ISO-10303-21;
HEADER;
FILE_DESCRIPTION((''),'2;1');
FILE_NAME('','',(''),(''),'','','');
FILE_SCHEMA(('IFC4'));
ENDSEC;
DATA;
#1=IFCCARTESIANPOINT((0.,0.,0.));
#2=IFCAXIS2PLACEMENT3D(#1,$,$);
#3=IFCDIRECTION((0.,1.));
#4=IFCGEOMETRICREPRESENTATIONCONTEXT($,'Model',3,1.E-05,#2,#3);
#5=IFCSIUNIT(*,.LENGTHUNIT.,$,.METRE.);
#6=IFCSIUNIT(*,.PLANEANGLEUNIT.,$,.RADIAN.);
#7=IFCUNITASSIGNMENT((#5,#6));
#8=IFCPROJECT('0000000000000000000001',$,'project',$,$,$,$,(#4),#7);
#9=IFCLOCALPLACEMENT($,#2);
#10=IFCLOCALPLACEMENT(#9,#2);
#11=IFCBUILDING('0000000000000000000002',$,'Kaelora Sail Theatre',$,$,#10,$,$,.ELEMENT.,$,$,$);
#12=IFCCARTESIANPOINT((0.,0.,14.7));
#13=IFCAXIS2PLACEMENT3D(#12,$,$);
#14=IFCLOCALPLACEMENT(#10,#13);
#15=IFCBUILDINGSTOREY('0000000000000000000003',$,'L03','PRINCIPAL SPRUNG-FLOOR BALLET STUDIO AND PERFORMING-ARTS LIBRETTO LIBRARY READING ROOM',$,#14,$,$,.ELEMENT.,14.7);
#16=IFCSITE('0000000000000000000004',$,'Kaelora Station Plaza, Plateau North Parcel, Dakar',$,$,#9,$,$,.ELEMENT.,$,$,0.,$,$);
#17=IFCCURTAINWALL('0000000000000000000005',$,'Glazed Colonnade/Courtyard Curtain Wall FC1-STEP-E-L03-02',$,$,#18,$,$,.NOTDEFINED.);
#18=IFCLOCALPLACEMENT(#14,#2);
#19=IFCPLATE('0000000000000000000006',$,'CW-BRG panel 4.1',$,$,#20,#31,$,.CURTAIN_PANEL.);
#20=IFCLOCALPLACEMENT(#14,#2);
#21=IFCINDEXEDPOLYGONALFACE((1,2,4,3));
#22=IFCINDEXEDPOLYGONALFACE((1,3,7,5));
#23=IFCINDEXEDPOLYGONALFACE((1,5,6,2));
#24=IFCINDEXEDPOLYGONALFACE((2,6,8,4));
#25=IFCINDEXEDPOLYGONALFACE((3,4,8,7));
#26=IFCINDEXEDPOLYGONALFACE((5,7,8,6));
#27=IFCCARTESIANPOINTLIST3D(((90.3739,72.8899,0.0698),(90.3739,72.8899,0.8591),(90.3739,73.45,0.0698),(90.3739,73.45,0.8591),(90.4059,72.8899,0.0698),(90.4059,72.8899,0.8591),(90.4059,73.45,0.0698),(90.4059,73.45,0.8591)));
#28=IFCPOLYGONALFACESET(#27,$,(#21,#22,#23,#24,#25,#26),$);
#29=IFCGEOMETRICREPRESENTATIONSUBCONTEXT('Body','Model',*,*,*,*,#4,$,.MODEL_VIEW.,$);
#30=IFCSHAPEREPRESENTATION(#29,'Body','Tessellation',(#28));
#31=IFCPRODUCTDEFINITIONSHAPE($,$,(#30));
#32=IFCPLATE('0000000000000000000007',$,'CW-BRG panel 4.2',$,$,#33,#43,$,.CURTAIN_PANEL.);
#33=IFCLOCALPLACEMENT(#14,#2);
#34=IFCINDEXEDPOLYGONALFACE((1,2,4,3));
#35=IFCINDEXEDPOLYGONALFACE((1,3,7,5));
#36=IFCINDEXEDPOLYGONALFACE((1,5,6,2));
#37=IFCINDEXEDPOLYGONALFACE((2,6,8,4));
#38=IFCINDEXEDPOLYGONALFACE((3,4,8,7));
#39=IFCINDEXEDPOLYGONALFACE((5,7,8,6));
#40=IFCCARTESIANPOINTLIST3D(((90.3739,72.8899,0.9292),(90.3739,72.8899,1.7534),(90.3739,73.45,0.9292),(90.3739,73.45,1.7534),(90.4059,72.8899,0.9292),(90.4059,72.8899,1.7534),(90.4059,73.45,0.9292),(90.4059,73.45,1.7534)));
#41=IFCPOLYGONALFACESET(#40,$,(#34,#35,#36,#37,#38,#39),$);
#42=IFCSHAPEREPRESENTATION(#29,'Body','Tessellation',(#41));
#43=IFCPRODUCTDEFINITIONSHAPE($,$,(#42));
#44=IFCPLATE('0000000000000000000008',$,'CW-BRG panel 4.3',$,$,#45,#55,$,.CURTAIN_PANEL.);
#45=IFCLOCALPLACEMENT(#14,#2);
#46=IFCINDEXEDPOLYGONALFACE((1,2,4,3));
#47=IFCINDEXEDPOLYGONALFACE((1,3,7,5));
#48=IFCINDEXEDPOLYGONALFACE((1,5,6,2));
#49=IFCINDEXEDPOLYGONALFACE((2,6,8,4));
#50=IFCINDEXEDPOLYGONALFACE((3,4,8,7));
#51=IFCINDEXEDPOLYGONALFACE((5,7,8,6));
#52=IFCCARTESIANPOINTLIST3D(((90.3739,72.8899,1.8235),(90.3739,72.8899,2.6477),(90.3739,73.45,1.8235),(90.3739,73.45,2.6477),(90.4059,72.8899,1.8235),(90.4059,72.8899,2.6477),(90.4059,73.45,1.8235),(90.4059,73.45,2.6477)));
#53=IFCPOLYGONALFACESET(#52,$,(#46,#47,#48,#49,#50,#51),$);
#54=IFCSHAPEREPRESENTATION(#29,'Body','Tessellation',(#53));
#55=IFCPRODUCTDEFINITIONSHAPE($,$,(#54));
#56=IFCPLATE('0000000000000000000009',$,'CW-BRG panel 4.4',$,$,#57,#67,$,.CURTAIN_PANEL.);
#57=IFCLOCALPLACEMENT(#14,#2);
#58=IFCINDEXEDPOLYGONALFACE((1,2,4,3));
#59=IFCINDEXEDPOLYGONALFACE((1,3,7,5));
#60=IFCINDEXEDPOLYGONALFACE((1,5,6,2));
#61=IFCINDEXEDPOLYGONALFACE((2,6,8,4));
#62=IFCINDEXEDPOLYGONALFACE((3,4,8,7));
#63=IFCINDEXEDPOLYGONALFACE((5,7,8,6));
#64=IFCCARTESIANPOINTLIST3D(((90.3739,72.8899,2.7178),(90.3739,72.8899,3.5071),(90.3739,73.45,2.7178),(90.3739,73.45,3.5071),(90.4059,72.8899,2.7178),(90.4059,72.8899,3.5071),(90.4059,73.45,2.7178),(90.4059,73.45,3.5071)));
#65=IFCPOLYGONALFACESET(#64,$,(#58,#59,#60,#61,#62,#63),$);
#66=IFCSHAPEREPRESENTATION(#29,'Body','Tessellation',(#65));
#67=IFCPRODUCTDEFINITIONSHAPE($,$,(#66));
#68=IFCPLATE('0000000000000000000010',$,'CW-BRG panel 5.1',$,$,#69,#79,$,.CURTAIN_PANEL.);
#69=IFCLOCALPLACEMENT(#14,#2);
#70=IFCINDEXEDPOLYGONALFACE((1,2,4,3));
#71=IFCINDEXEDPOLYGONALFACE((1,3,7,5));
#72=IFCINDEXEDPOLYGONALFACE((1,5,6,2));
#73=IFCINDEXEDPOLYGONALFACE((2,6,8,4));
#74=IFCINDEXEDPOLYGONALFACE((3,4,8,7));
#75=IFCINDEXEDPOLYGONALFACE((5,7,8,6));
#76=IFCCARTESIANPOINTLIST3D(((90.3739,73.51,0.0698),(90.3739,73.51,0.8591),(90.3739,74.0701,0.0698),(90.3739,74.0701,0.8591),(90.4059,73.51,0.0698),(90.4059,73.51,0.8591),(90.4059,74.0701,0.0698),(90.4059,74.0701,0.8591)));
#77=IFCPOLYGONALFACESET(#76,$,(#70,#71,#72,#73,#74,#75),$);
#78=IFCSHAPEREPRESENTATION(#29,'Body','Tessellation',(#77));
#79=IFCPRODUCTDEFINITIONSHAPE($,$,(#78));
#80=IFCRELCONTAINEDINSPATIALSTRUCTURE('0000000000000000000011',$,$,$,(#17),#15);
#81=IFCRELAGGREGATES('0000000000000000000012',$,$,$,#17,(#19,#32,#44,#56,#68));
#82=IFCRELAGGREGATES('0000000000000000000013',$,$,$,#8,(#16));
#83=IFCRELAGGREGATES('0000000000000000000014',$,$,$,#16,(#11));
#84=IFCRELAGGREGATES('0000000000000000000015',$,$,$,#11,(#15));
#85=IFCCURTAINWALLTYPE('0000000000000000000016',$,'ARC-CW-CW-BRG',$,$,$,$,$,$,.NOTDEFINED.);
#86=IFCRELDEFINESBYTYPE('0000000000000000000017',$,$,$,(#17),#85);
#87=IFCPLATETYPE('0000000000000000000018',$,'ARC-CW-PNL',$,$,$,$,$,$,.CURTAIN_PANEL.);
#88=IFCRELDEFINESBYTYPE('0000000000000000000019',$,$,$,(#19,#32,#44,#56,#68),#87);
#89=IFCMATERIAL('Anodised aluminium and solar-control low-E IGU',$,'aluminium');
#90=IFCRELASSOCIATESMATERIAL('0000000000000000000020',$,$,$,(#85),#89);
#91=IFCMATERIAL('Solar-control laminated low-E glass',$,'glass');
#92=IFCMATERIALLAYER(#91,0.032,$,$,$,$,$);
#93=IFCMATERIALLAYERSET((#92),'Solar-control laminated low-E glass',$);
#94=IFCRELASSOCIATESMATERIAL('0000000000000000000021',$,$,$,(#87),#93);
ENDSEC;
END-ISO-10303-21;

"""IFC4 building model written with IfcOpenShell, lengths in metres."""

from ifc_helpers import new_model, si_unit, direction, frame, origin, origin_2d, place, context, subcontext, project, spatial, rectangle, extrude, material, layer, layer_set, type_object, element, aggregate, save


model = new_model("IFC4")

# Units and contexts
model_context = context("Model", 3, precision=1e-05, world=origin(), true_north=direction((0.0, 1.0)))
body_context = subcontext(model_context, "Body", "Model", "MODEL_VIEW")
ifc_project = project(units=[si_unit("LENGTHUNIT", "METRE"), si_unit("PLANEANGLEUNIT", "RADIAN")], contexts=[model_context])

# Site, building, storey
site_placement = place(None, origin())
site = spatial("IfcSite", under=ifc_project, at=site_placement, Name="Kaelora Station Plaza, Plateau North Parcel, Dakar", CompositionType="ELEMENT", RefElevation=0.0)
building_placement = place(site_placement, origin())
building = spatial("IfcBuilding", under=site, at=building_placement, Name="Kaelora Sail Theatre", CompositionType="ELEMENT")
storey_placement = place(building_placement, frame((0.0, 0.0, 14.7)))
storey = spatial("IfcBuildingStorey", under=building, at=storey_placement, Name="L03", Description="PRINCIPAL SPRUNG-FLOOR BALLET STUDIO AND PERFORMING-ARTS LIBRETTO LIBRARY READING ROOM", CompositionType="ELEMENT", Elevation=14.7)

# Curtain wall, plates
ifc_material_1 = material(Name="Anodised aluminium and solar-control low-E IGU", Category="aluminium")
curtain_wall_type = type_object("IfcCurtainWallType", Name="ARC-CW-CW-BRG", PredefinedType="NOTDEFINED", material=ifc_material_1)
curtain_wall_placement = place(storey_placement, origin())
curtain_wall = element("IfcCurtainWall", 1, at=curtain_wall_placement, inside=storey, type_object=curtain_wall_type, Name="Glazed Colonnade/Courtyard Curtain Wall FC1-STEP-E-L03-02", PredefinedType="NOTDEFINED")
ifc_material_2 = material(Name="Solar-control laminated low-E glass", Category="glass")
ifc_layer = layer(ifc_material_2, 0.032)
ifc_layer_set = layer_set([ifc_layer], Name="Solar-control laminated low-E glass")
plate_type = type_object("IfcPlateType", Name="ARC-CW-PNL", PredefinedType="CURTAIN_PANEL", material=ifc_layer_set)
plate_1_placement = place(storey_placement, frame((90.3899, 73.1699, 0.0698), z_axis=(0.0, 0.0, 1.0), x_axis=(0.0, 1.0, 0.0)))
plate_1 = element("IfcPlate", 2, at=plate_1_placement, type_object=plate_type, Name="CW-BRG panel 4.1", PredefinedType="CURTAIN_PANEL", context=body_context, shape_type="SweptSolid", body=[
    extrude(rectangle(XDim=0.5601, YDim=0.032, at=origin_2d()), origin(), (0.0, 0.0, 1.0), 0.7893),
])
plate_2_placement = place(storey_placement, frame((90.3899, 73.1699, 0.9292), z_axis=(0.0, 0.0, 1.0), x_axis=(0.0, 1.0, 0.0)))
plate_2 = element("IfcPlate", 3, at=plate_2_placement, type_object=plate_type, Name="CW-BRG panel 4.2", PredefinedType="CURTAIN_PANEL", context=body_context, shape_type="SweptSolid", body=[
    extrude(rectangle(XDim=0.5601, YDim=0.032, at=origin_2d()), origin(), (0.0, 0.0, 1.0), 0.8242),
])
plate_3_placement = place(storey_placement, frame((90.3899, 73.1699, 1.8235), z_axis=(0.0, 0.0, 1.0), x_axis=(0.0, 1.0, 0.0)))
plate_3 = element("IfcPlate", 4, at=plate_3_placement, type_object=plate_type, Name="CW-BRG panel 4.3", PredefinedType="CURTAIN_PANEL", context=body_context, shape_type="SweptSolid", body=[
    extrude(rectangle(XDim=0.5601, YDim=0.032, at=origin_2d()), origin(), (0.0, 0.0, 1.0), 0.8242),
])
plate_4_placement = place(storey_placement, frame((90.3899, 73.1699, 2.7178), z_axis=(0.0, 0.0, 1.0), x_axis=(0.0, 1.0, 0.0)))
plate_4 = element("IfcPlate", 5, at=plate_4_placement, type_object=plate_type, Name="CW-BRG panel 4.4", PredefinedType="CURTAIN_PANEL", context=body_context, shape_type="SweptSolid", body=[
    extrude(rectangle(XDim=0.5601, YDim=0.032, at=origin_2d()), origin(), (0.0, 0.0, 1.0), 0.7893),
])
plate_5_placement = place(storey_placement, frame((90.3899, 73.79, 0.0698), z_axis=(0.0, 0.0, 1.0), x_axis=(0.0, 1.0, 0.0)))
plate_5 = element("IfcPlate", 6, at=plate_5_placement, type_object=plate_type, Name="CW-BRG panel 5.1", PredefinedType="CURTAIN_PANEL", context=body_context, shape_type="SweptSolid", body=[
    extrude(rectangle(XDim=0.5601, YDim=0.032, at=origin_2d()), origin(), (0.0, 0.0, 1.0), 0.7893),
])
aggregate(curtain_wall, [plate_1, plate_2, plate_3, plate_4, plate_5])

save(model, "model.ifc")
